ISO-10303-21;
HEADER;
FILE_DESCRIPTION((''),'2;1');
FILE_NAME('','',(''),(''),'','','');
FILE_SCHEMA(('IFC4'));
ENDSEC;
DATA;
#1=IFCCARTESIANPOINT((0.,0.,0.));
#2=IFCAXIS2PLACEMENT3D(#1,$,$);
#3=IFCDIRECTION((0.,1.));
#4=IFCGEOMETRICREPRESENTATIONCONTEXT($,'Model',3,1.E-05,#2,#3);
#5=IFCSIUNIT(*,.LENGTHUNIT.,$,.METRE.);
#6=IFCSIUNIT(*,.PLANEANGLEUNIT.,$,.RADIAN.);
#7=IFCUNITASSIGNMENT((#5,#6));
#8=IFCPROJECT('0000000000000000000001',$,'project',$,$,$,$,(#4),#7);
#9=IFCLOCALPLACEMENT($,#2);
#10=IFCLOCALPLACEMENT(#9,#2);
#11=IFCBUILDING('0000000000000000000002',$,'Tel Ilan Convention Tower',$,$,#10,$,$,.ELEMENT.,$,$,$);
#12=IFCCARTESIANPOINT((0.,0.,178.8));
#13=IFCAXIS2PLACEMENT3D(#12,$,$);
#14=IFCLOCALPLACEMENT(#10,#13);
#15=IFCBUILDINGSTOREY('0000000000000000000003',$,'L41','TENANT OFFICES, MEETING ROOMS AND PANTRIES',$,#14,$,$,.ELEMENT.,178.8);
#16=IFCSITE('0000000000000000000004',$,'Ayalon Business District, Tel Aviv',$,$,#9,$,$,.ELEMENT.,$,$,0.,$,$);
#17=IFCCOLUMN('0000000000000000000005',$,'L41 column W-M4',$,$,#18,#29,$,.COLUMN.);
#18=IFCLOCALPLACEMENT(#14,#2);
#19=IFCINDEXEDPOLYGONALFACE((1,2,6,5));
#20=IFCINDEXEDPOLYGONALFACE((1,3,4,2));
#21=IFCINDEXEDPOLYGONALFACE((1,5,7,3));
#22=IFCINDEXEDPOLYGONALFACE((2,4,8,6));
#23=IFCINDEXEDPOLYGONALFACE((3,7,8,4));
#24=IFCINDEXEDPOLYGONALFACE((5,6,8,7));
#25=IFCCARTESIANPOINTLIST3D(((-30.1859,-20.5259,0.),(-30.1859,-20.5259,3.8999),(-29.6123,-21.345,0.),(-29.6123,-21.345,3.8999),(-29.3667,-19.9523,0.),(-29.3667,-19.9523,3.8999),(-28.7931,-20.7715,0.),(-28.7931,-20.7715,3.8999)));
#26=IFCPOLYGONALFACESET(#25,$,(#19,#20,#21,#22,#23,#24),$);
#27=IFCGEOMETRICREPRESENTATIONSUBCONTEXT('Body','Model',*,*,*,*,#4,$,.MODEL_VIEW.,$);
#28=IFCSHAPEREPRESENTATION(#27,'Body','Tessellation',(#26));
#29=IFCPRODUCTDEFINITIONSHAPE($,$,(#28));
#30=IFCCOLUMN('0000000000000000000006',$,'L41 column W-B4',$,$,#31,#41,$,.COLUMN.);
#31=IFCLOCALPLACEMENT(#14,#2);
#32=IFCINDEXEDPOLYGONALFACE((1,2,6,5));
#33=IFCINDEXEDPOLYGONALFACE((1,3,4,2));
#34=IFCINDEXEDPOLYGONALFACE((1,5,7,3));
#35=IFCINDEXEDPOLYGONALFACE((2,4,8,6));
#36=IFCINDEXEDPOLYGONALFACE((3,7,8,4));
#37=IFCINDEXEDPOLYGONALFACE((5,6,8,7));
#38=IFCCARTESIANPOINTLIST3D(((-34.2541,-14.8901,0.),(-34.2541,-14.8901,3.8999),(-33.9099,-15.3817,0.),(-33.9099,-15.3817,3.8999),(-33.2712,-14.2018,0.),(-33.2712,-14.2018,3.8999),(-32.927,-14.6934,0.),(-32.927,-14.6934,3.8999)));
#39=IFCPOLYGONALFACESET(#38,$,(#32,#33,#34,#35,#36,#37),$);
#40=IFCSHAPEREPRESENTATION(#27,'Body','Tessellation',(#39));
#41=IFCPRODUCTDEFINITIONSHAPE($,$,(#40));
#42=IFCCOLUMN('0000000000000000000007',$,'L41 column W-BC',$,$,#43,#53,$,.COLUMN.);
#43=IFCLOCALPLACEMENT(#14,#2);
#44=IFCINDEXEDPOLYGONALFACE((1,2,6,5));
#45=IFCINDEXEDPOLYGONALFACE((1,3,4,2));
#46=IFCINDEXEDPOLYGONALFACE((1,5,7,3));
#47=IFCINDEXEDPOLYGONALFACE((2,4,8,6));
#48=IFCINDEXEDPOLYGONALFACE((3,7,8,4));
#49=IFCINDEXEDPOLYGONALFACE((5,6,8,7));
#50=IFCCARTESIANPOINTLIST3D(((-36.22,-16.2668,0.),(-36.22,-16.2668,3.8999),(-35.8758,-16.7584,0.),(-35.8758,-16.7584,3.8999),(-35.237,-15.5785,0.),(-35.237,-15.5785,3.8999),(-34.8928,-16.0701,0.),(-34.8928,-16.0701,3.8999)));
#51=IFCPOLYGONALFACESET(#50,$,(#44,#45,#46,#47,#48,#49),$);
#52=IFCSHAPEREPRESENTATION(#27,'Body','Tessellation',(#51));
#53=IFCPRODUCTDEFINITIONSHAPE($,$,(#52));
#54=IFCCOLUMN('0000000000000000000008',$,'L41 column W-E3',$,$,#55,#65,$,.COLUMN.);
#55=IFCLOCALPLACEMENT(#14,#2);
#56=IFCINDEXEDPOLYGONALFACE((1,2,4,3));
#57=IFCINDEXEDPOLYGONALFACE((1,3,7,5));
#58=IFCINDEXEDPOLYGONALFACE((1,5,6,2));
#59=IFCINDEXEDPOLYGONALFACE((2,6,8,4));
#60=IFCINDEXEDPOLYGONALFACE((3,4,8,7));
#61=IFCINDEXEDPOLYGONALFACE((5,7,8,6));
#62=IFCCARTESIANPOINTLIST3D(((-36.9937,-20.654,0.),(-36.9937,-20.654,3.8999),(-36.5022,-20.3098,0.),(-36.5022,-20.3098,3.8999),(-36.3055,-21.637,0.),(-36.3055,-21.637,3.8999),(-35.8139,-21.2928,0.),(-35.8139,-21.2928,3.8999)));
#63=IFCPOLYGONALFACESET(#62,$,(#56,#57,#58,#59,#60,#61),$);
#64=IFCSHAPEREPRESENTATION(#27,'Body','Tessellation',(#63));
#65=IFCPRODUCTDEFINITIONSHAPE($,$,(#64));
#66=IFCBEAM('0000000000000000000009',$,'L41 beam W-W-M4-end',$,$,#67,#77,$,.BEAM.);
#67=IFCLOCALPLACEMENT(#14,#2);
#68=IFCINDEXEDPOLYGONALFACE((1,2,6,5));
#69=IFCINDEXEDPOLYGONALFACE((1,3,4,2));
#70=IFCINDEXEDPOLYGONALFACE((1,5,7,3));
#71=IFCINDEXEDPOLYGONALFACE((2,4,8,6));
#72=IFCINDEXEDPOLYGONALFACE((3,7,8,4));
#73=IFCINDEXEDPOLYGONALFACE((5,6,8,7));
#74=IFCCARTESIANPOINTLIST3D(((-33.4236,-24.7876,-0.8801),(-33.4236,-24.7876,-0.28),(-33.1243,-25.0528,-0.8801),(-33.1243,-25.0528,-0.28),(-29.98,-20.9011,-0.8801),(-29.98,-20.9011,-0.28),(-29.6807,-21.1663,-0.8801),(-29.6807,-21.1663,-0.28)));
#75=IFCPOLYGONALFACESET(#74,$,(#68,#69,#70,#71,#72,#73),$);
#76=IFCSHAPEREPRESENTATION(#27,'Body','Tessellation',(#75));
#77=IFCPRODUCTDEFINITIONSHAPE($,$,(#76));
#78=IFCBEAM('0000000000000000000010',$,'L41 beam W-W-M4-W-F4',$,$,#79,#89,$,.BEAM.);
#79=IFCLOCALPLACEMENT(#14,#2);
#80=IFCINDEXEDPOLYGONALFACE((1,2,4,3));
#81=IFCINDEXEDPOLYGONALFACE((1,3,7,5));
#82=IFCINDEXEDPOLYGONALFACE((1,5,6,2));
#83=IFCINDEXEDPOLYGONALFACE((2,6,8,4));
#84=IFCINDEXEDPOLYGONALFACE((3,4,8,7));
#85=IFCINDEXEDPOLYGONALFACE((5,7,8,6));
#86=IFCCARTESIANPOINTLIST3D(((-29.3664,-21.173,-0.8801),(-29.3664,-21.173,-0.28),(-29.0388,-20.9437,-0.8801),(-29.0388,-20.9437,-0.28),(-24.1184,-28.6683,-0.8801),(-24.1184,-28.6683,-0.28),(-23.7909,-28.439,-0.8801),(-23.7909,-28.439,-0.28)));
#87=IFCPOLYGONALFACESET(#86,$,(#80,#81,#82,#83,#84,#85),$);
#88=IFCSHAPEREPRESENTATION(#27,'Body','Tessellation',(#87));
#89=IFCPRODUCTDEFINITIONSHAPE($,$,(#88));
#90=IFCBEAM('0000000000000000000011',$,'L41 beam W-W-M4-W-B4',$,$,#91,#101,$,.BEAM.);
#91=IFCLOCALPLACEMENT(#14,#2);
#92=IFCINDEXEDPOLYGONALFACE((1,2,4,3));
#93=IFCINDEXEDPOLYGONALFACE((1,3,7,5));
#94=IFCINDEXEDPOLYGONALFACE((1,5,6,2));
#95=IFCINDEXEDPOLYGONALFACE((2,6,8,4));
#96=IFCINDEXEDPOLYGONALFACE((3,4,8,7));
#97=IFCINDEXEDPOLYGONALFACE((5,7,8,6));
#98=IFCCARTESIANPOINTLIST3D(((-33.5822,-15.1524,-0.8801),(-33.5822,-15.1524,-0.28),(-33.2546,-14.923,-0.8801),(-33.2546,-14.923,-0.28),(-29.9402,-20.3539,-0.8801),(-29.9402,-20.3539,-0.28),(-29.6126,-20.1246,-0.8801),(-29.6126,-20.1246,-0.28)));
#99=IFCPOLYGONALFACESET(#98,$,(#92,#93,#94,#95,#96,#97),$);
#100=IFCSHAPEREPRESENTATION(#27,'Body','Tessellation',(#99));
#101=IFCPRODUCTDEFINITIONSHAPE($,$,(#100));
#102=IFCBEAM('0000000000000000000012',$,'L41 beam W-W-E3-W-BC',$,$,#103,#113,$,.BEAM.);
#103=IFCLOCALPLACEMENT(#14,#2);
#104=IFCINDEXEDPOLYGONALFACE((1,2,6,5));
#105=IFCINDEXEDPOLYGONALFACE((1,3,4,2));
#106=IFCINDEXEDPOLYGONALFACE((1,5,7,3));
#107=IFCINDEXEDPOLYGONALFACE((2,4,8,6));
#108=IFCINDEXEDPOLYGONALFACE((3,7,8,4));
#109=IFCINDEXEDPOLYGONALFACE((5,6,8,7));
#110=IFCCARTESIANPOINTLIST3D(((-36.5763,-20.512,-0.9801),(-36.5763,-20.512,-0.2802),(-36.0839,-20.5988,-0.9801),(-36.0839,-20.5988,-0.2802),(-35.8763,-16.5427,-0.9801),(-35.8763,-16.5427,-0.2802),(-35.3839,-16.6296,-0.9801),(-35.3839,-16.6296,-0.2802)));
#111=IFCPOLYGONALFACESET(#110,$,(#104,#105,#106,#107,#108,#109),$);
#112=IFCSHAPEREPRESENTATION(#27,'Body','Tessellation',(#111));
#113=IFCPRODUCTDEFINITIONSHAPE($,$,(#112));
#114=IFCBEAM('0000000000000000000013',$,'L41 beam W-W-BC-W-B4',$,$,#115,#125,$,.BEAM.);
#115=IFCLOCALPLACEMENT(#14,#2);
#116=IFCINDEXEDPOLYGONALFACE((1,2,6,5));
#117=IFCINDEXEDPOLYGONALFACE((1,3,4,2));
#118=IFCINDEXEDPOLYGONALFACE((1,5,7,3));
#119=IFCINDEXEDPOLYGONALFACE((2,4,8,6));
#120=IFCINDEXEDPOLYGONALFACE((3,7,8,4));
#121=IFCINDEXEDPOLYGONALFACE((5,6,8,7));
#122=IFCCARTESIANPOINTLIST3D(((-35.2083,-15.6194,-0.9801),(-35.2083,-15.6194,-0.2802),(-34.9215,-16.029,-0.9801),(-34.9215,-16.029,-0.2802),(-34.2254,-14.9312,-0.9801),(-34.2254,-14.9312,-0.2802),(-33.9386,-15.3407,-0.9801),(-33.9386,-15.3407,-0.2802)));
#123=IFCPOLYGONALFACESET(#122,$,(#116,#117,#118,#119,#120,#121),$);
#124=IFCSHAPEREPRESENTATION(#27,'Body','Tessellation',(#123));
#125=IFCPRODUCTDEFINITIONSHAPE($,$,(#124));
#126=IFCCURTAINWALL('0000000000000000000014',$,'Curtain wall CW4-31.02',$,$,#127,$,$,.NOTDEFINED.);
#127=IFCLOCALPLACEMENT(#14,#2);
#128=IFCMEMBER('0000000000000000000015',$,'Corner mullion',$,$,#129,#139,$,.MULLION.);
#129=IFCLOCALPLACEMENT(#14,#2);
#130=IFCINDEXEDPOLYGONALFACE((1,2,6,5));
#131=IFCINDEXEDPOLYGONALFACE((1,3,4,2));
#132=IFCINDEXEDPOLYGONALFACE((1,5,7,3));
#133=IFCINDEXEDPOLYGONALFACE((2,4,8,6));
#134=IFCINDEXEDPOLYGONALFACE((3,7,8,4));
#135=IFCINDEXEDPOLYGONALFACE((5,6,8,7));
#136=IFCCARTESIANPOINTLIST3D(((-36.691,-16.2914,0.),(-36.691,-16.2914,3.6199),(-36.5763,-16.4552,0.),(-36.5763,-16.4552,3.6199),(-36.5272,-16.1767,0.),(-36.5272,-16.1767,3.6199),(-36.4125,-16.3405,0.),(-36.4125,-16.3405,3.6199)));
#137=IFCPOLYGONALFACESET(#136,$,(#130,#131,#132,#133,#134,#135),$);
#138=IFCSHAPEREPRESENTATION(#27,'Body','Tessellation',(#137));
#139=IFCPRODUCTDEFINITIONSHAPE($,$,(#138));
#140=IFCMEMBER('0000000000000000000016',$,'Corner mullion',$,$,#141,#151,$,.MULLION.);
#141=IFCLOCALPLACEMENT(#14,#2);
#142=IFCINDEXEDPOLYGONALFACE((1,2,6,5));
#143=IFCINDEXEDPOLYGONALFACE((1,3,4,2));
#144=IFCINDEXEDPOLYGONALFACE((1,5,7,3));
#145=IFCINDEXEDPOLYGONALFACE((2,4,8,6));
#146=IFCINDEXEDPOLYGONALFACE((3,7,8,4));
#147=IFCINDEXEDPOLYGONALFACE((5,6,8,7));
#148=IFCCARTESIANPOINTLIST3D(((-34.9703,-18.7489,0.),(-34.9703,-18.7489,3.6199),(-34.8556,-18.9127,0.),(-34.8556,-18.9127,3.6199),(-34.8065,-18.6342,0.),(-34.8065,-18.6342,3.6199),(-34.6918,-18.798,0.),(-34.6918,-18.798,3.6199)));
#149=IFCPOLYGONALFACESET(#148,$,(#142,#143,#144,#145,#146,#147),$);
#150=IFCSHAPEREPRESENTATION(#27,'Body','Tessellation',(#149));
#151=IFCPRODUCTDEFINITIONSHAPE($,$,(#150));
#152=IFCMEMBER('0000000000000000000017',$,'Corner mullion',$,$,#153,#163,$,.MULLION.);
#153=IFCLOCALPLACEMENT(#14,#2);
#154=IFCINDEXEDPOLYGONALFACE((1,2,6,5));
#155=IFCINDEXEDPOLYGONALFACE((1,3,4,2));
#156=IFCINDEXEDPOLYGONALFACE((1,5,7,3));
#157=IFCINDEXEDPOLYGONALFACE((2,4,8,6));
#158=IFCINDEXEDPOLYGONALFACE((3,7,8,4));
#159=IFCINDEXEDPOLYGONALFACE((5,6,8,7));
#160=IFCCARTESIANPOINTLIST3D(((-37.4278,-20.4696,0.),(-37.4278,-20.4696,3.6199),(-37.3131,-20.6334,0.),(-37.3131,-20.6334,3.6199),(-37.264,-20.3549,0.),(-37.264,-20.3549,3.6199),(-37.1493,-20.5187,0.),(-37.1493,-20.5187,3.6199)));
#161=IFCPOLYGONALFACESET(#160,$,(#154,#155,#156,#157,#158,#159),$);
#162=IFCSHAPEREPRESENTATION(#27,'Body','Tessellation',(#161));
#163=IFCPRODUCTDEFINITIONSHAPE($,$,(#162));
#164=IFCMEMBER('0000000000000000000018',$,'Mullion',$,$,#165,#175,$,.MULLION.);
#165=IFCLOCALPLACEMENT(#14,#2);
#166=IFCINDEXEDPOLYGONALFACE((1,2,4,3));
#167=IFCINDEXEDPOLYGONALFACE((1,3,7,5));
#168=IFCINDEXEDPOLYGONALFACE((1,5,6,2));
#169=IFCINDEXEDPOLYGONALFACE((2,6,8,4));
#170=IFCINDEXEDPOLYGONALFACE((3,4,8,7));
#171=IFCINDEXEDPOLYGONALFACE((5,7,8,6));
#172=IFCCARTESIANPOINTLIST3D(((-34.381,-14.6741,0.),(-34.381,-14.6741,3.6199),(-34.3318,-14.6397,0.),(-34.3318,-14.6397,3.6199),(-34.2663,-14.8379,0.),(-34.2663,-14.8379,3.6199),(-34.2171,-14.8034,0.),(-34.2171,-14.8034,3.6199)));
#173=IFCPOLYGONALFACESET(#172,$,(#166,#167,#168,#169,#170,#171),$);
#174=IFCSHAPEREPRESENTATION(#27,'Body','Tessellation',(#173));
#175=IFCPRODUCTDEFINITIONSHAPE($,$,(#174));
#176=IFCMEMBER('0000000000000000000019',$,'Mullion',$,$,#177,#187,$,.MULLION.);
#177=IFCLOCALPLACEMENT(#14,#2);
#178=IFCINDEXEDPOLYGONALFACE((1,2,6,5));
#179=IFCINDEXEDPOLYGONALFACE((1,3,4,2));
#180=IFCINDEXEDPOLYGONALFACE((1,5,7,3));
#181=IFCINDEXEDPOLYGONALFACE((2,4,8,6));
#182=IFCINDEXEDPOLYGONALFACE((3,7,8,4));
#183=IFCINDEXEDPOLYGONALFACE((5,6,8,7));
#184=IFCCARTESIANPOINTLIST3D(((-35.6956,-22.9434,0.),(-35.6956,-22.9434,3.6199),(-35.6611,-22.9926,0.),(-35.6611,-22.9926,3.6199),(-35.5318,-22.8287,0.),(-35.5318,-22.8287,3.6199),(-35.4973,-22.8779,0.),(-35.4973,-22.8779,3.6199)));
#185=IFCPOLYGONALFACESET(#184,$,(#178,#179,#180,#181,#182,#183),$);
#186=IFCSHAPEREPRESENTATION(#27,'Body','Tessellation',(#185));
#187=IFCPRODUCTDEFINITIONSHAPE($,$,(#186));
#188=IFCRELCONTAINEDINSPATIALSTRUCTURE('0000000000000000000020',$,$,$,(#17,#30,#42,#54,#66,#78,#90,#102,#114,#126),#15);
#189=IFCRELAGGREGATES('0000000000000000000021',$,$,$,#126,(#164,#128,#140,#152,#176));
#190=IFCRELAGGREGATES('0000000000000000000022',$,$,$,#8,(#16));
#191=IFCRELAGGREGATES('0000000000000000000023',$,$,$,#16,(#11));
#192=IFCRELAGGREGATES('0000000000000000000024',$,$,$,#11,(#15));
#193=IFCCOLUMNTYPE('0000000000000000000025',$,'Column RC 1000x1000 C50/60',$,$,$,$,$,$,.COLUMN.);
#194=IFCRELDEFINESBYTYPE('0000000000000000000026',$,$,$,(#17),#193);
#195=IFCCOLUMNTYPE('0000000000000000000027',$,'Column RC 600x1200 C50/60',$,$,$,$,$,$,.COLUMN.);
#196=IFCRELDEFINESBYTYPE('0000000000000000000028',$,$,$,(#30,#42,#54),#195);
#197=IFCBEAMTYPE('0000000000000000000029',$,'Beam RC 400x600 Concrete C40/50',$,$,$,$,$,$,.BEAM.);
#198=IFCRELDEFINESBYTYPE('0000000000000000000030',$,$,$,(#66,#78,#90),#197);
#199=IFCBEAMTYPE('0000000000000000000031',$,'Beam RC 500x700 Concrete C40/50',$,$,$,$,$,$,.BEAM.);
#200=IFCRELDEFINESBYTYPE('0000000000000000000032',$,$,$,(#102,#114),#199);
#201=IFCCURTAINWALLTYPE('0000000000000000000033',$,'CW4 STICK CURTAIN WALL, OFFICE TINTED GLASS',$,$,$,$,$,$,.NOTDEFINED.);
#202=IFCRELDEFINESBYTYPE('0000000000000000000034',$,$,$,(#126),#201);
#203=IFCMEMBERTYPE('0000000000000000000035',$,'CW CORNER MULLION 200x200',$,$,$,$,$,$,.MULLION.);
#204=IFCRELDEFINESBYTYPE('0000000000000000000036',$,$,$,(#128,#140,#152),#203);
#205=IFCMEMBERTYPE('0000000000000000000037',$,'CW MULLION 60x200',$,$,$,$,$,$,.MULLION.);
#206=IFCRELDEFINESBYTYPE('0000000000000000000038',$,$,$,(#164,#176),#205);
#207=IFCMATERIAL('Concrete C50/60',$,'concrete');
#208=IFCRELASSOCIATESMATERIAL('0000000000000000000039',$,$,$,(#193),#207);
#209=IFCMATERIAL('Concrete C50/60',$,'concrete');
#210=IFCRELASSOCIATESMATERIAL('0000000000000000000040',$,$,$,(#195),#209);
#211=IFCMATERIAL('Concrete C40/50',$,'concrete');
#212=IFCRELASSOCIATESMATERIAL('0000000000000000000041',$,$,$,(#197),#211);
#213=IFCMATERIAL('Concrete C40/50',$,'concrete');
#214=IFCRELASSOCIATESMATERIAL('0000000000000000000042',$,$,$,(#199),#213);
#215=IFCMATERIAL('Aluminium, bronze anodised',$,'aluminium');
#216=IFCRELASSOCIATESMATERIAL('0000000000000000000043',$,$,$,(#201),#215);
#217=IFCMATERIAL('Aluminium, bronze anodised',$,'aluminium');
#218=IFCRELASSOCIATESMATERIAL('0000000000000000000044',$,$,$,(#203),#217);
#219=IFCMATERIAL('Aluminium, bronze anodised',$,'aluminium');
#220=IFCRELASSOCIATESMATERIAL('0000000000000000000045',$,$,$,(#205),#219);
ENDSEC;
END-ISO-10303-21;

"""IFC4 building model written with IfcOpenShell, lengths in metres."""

from ifc_helpers import new_model, si_unit, direction, frame, origin, origin_2d, place, context, subcontext, project, spatial, rectangle, extrude, material, material_profile, profile_set, type_object, element, aggregate, save


model = new_model("IFC4")

# Units and contexts
model_context = context("Model", 3, precision=1e-05, world=origin(), true_north=direction((0.0, 1.0)))
body_context = subcontext(model_context, "Body", "Model", "MODEL_VIEW")
ifc_project = project(units=[si_unit("LENGTHUNIT", "METRE"), si_unit("PLANEANGLEUNIT", "RADIAN")], contexts=[model_context])

# Site, building, storey
site_placement = place(None, origin())
site = spatial("IfcSite", under=ifc_project, at=site_placement, Name="Ayalon Business District, Tel Aviv", CompositionType="ELEMENT", RefElevation=0.0)
building_placement = place(site_placement, origin())
building = spatial("IfcBuilding", under=site, at=building_placement, Name="Tel Ilan Convention Tower", CompositionType="ELEMENT")
storey_placement = place(building_placement, frame((0.0, 0.0, 178.8)))
storey = spatial("IfcBuildingStorey", under=building, at=storey_placement, Name="L41", Description="TENANT OFFICES, MEETING ROOMS AND PANTRIES", CompositionType="ELEMENT", Elevation=178.8)

# Columns
ifc_material_1 = material(Name="Concrete C50/60", Category="concrete")
ifc_material_profile_1 = material_profile(ifc_material_1, rectangle(XDim=1.0, YDim=1.0, at=origin_2d()), Name="RC 1000x1000")
ifc_profile_set_1 = profile_set([ifc_material_profile_1], Name="Concrete C50/60")
column_type_1 = type_object("IfcColumnType", Name="Column RC 1000x1000 C50/60", PredefinedType="COLUMN", material=ifc_profile_set_1)
column_placement = place(storey_placement, frame((-29.4895, -20.6487, 0.0), z_axis=(0.0, 0.0, 1.0), x_axis=(-0.819152, -0.573576, 0.0)))
element("IfcColumn", 1, at=column_placement, inside=storey, type_object=column_type_1, Name="L41 column W-M4", PredefinedType="COLUMN", context=body_context, shape_type="SweptSolid", body=[
    extrude(rectangle(XDim=1.0, YDim=1.0, at=origin_2d()), origin(), (0.0, 0.0, 1.0), 3.8999),
])
ifc_material_2 = material(Name="Concrete C50/60", Category="concrete")
ifc_material_profile_2 = material_profile(ifc_material_2, rectangle(XDim=1.2, YDim=0.6001, at=origin_2d()), Name="RC 600x1200")
ifc_profile_set_2 = profile_set([ifc_material_profile_2], Name="Concrete C50/60")
column_type_2 = type_object("IfcColumnType", Name="Column RC 600x1200 C50/60", PredefinedType="COLUMN", material=ifc_profile_set_2)
for number, where, z_axis, x_axis, name in (
    (2, (-33.5906, -14.7917, 0.0), (0.0, 0.0, 1.0), (-0.819152, -0.573576, 0.0), "L41 column W-B4"),
    (3, (-35.5564, -16.1685, 0.0), (0.0, 0.0, 1.0), (-0.819152, -0.573576, 0.0), "L41 column W-BC"),
    (4, (-36.4038, -20.9734, 0.0), (0.0, 0.0, 1.0), (-0.573576, 0.819152, 0.0), "L41 column W-E3"),
):
    element("IfcColumn", number, at=place(storey_placement, frame(where, z_axis=z_axis, x_axis=x_axis)), inside=storey, type_object=column_type_2, Name=name, PredefinedType="COLUMN", context=body_context, shape_type="SweptSolid", body=[
        extrude(rectangle(XDim=1.2, YDim=0.6001, at=origin_2d()), origin(), (0.0, 0.0, 1.0), 3.8999),
    ])

# Beams
ifc_material_3 = material(Name="Concrete C40/50", Category="concrete")
ifc_material_profile_3 = material_profile(ifc_material_3, rectangle(XDim=0.3999, YDim=0.6001, at=origin_2d()), Name="RC 400x600")
ifc_profile_set_3 = profile_set([ifc_material_profile_3], Name="Concrete C40/50")
beam_type_1 = type_object("IfcBeamType", Name="Beam RC 400x600 Concrete C40/50", PredefinedType="BEAM", material=ifc_profile_set_3)
beam_1_placement = place(storey_placement, frame((-29.8303, -21.0337, -0.5801), z_axis=(-0.663175, -0.748464, 0.0), x_axis=(0.748464, -0.663175, 0.0)))
element("IfcBeam", 5, at=beam_1_placement, inside=storey, type_object=beam_type_1, Name="L41 beam W-W-M4-end", PredefinedType="BEAM", context=body_context, shape_type="SweptSolid", body=[
    extrude(rectangle(XDim=0.3999, YDim=0.6001, at=origin_2d()), origin(), (0.0, 0.0, 1.0), 5.1926),
])
beam_2_placement = place(storey_placement, frame((-29.2026, -21.0583, -0.5801), z_axis=(0.573557, -0.819165, 0.0), x_axis=(0.819165, 0.573557, 0.0)))
element("IfcBeam", 6, at=beam_2_placement, inside=storey, type_object=beam_type_1, Name="L41 beam W-W-M4-W-F4", PredefinedType="BEAM", context=body_context, shape_type="SweptSolid", body=[
    extrude(rectangle(XDim=0.3999, YDim=0.6001, at=origin_2d()), origin(), (0.0, 0.0, 1.0), 9.1499),
])
beam_3_placement = place(storey_placement, frame((-29.7764, -20.2393, -0.5801), z_axis=(-0.57356, 0.819163, 0.0), x_axis=(-0.819163, -0.57356, 0.0)))
element("IfcBeam", 7, at=beam_3_placement, inside=storey, type_object=beam_type_1, Name="L41 beam W-W-M4-W-B4", PredefinedType="BEAM", context=body_context, shape_type="SweptSolid", body=[
    extrude(rectangle(XDim=0.3999, YDim=0.6001, at=origin_2d()), origin(), (0.0, 0.0, 1.0), 6.3499),
])
ifc_material_4 = material(Name="Concrete C40/50", Category="concrete")
ifc_material_profile_4 = material_profile(ifc_material_4, rectangle(XDim=0.5, YDim=0.7, at=origin_2d()), Name="RC 500x700")
ifc_profile_set_4 = profile_set([ifc_material_profile_4], Name="Concrete C40/50")
beam_type_2 = type_object("IfcBeamType", Name="Beam RC 500x700 Concrete C40/50", PredefinedType="BEAM", material=ifc_profile_set_4)
beam_4_placement = place(storey_placement, frame((-36.3301, -20.5554, -0.6301), z_axis=(0.173664, 0.984805, 0.0), x_axis=(-0.984805, 0.173664, 0.0)))
element("IfcBeam", 8, at=beam_4_placement, inside=storey, type_object=beam_type_2, Name="L41 beam W-W-E3-W-BC", PredefinedType="BEAM", context=body_context, shape_type="SweptSolid", body=[
    extrude(rectangle(XDim=0.5, YDim=0.7, at=origin_2d()), origin(), (0.0, 0.0, 1.0), 4.0305),
])
beam_5_placement = place(storey_placement, frame((-35.0649, -15.8242, -0.6301), z_axis=(0.819155, 0.573572, 0.0), x_axis=(-0.573572, 0.819155, 0.0)))
element("IfcBeam", 9, at=beam_5_placement, inside=storey, type_object=beam_type_2, Name="L41 beam W-W-BC-W-B4", PredefinedType="BEAM", context=body_context, shape_type="SweptSolid", body=[
    extrude(rectangle(XDim=0.5, YDim=0.7, at=origin_2d()), origin(), (0.0, 0.0, 1.0), 1.2),
])

# Curtain wall, members
ifc_material_5 = material(Name="Aluminium, bronze anodised", Category="aluminium")
curtain_wall_type = type_object("IfcCurtainWallType", Name="CW4 STICK CURTAIN WALL, OFFICE TINTED GLASS", PredefinedType="NOTDEFINED", material=ifc_material_5)
curtain_wall_placement = place(storey_placement, origin())
curtain_wall = element("IfcCurtainWall", 10, at=curtain_wall_placement, inside=storey, type_object=curtain_wall_type, Name="Curtain wall CW4-31.02", PredefinedType="NOTDEFINED")
ifc_material_6 = material(Name="Aluminium, bronze anodised", Category="aluminium")
ifc_material_profile_5 = material_profile(ifc_material_6, rectangle(XDim=0.2, YDim=0.2, at=origin_2d()), Name="CW CORNER MULLION 200x200")
ifc_profile_set_5 = profile_set([ifc_material_profile_5], Name="Aluminium, bronze anodised")
member_type_1 = type_object("IfcMemberType", Name="CW CORNER MULLION 200x200", PredefinedType="MULLION", material=ifc_profile_set_5)
member_1_placement = place(storey_placement, frame((-36.5518, -16.3159, 0.0), z_axis=(0.0, 0.0, 1.0), x_axis=(-0.819152, -0.573576, 0.0)))
member_1 = element("IfcMember", 11, at=member_1_placement, type_object=member_type_1, Name="Corner mullion", PredefinedType="MULLION", context=body_context, shape_type="SweptSolid", body=[
    extrude(rectangle(XDim=0.2, YDim=0.2, at=origin_2d()), origin(), (0.0, 0.0, 1.0), 3.6199),
])
member_2_placement = place(storey_placement, frame((-34.8311, -18.7734, 0.0), z_axis=(0.0, 0.0, 1.0), x_axis=(0.573576, -0.819152, 0.0)))
member_2 = element("IfcMember", 12, at=member_2_placement, type_object=member_type_1, Name="Corner mullion", PredefinedType="MULLION", context=body_context, shape_type="SweptSolid", body=[
    extrude(rectangle(XDim=0.2, YDim=0.2, at=origin_2d()), origin(), (0.0, 0.0, 1.0), 3.6199),
])
member_3_placement = place(storey_placement, frame((-37.2886, -20.4941, 0.0), z_axis=(0.0, 0.0, 1.0), x_axis=(-0.819152, -0.573576, 0.0)))
member_3 = element("IfcMember", 13, at=member_3_placement, type_object=member_type_1, Name="Corner mullion", PredefinedType="MULLION", context=body_context, shape_type="SweptSolid", body=[
    extrude(rectangle(XDim=0.2, YDim=0.2, at=origin_2d()), origin(), (0.0, 0.0, 1.0), 3.6199),
])
ifc_material_7 = material(Name="Aluminium, bronze anodised", Category="aluminium")
ifc_material_profile_6 = material_profile(ifc_material_7, rectangle(XDim=0.0601, YDim=0.2, at=origin_2d()), Name="CW MULLION 60x200")
ifc_profile_set_6 = profile_set([ifc_material_profile_6], Name="Aluminium, bronze anodised")
member_type_2 = type_object("IfcMemberType", Name="CW MULLION 60x200", PredefinedType="MULLION", material=ifc_profile_set_6)
member_4_placement = place(storey_placement, frame((-34.2991, -14.7388, 0.0), z_axis=(0.0, 0.0, 1.0), x_axis=(-0.819152, -0.573576, 0.0)))
member_4 = element("IfcMember", 14, at=member_4_placement, type_object=member_type_2, Name="Mullion", PredefinedType="MULLION", context=body_context, shape_type="SweptSolid", body=[
    extrude(rectangle(XDim=0.0601, YDim=0.2, at=origin_2d()), origin(), (0.0, 0.0, 1.0), 3.6199),
])
member_5_placement = place(storey_placement, frame((-35.5964, -22.9106, 0.0), z_axis=(0.0, 0.0, 1.0), x_axis=(0.573576, -0.819152, 0.0)))
member_5 = element("IfcMember", 15, at=member_5_placement, type_object=member_type_2, Name="Mullion", PredefinedType="MULLION", context=body_context, shape_type="SweptSolid", body=[
    extrude(rectangle(XDim=0.0601, YDim=0.2, at=origin_2d()), origin(), (0.0, 0.0, 1.0), 3.6199),
])
aggregate(curtain_wall, [member_4, member_1, member_2, member_3, member_5])

save(model, "model.ifc")
